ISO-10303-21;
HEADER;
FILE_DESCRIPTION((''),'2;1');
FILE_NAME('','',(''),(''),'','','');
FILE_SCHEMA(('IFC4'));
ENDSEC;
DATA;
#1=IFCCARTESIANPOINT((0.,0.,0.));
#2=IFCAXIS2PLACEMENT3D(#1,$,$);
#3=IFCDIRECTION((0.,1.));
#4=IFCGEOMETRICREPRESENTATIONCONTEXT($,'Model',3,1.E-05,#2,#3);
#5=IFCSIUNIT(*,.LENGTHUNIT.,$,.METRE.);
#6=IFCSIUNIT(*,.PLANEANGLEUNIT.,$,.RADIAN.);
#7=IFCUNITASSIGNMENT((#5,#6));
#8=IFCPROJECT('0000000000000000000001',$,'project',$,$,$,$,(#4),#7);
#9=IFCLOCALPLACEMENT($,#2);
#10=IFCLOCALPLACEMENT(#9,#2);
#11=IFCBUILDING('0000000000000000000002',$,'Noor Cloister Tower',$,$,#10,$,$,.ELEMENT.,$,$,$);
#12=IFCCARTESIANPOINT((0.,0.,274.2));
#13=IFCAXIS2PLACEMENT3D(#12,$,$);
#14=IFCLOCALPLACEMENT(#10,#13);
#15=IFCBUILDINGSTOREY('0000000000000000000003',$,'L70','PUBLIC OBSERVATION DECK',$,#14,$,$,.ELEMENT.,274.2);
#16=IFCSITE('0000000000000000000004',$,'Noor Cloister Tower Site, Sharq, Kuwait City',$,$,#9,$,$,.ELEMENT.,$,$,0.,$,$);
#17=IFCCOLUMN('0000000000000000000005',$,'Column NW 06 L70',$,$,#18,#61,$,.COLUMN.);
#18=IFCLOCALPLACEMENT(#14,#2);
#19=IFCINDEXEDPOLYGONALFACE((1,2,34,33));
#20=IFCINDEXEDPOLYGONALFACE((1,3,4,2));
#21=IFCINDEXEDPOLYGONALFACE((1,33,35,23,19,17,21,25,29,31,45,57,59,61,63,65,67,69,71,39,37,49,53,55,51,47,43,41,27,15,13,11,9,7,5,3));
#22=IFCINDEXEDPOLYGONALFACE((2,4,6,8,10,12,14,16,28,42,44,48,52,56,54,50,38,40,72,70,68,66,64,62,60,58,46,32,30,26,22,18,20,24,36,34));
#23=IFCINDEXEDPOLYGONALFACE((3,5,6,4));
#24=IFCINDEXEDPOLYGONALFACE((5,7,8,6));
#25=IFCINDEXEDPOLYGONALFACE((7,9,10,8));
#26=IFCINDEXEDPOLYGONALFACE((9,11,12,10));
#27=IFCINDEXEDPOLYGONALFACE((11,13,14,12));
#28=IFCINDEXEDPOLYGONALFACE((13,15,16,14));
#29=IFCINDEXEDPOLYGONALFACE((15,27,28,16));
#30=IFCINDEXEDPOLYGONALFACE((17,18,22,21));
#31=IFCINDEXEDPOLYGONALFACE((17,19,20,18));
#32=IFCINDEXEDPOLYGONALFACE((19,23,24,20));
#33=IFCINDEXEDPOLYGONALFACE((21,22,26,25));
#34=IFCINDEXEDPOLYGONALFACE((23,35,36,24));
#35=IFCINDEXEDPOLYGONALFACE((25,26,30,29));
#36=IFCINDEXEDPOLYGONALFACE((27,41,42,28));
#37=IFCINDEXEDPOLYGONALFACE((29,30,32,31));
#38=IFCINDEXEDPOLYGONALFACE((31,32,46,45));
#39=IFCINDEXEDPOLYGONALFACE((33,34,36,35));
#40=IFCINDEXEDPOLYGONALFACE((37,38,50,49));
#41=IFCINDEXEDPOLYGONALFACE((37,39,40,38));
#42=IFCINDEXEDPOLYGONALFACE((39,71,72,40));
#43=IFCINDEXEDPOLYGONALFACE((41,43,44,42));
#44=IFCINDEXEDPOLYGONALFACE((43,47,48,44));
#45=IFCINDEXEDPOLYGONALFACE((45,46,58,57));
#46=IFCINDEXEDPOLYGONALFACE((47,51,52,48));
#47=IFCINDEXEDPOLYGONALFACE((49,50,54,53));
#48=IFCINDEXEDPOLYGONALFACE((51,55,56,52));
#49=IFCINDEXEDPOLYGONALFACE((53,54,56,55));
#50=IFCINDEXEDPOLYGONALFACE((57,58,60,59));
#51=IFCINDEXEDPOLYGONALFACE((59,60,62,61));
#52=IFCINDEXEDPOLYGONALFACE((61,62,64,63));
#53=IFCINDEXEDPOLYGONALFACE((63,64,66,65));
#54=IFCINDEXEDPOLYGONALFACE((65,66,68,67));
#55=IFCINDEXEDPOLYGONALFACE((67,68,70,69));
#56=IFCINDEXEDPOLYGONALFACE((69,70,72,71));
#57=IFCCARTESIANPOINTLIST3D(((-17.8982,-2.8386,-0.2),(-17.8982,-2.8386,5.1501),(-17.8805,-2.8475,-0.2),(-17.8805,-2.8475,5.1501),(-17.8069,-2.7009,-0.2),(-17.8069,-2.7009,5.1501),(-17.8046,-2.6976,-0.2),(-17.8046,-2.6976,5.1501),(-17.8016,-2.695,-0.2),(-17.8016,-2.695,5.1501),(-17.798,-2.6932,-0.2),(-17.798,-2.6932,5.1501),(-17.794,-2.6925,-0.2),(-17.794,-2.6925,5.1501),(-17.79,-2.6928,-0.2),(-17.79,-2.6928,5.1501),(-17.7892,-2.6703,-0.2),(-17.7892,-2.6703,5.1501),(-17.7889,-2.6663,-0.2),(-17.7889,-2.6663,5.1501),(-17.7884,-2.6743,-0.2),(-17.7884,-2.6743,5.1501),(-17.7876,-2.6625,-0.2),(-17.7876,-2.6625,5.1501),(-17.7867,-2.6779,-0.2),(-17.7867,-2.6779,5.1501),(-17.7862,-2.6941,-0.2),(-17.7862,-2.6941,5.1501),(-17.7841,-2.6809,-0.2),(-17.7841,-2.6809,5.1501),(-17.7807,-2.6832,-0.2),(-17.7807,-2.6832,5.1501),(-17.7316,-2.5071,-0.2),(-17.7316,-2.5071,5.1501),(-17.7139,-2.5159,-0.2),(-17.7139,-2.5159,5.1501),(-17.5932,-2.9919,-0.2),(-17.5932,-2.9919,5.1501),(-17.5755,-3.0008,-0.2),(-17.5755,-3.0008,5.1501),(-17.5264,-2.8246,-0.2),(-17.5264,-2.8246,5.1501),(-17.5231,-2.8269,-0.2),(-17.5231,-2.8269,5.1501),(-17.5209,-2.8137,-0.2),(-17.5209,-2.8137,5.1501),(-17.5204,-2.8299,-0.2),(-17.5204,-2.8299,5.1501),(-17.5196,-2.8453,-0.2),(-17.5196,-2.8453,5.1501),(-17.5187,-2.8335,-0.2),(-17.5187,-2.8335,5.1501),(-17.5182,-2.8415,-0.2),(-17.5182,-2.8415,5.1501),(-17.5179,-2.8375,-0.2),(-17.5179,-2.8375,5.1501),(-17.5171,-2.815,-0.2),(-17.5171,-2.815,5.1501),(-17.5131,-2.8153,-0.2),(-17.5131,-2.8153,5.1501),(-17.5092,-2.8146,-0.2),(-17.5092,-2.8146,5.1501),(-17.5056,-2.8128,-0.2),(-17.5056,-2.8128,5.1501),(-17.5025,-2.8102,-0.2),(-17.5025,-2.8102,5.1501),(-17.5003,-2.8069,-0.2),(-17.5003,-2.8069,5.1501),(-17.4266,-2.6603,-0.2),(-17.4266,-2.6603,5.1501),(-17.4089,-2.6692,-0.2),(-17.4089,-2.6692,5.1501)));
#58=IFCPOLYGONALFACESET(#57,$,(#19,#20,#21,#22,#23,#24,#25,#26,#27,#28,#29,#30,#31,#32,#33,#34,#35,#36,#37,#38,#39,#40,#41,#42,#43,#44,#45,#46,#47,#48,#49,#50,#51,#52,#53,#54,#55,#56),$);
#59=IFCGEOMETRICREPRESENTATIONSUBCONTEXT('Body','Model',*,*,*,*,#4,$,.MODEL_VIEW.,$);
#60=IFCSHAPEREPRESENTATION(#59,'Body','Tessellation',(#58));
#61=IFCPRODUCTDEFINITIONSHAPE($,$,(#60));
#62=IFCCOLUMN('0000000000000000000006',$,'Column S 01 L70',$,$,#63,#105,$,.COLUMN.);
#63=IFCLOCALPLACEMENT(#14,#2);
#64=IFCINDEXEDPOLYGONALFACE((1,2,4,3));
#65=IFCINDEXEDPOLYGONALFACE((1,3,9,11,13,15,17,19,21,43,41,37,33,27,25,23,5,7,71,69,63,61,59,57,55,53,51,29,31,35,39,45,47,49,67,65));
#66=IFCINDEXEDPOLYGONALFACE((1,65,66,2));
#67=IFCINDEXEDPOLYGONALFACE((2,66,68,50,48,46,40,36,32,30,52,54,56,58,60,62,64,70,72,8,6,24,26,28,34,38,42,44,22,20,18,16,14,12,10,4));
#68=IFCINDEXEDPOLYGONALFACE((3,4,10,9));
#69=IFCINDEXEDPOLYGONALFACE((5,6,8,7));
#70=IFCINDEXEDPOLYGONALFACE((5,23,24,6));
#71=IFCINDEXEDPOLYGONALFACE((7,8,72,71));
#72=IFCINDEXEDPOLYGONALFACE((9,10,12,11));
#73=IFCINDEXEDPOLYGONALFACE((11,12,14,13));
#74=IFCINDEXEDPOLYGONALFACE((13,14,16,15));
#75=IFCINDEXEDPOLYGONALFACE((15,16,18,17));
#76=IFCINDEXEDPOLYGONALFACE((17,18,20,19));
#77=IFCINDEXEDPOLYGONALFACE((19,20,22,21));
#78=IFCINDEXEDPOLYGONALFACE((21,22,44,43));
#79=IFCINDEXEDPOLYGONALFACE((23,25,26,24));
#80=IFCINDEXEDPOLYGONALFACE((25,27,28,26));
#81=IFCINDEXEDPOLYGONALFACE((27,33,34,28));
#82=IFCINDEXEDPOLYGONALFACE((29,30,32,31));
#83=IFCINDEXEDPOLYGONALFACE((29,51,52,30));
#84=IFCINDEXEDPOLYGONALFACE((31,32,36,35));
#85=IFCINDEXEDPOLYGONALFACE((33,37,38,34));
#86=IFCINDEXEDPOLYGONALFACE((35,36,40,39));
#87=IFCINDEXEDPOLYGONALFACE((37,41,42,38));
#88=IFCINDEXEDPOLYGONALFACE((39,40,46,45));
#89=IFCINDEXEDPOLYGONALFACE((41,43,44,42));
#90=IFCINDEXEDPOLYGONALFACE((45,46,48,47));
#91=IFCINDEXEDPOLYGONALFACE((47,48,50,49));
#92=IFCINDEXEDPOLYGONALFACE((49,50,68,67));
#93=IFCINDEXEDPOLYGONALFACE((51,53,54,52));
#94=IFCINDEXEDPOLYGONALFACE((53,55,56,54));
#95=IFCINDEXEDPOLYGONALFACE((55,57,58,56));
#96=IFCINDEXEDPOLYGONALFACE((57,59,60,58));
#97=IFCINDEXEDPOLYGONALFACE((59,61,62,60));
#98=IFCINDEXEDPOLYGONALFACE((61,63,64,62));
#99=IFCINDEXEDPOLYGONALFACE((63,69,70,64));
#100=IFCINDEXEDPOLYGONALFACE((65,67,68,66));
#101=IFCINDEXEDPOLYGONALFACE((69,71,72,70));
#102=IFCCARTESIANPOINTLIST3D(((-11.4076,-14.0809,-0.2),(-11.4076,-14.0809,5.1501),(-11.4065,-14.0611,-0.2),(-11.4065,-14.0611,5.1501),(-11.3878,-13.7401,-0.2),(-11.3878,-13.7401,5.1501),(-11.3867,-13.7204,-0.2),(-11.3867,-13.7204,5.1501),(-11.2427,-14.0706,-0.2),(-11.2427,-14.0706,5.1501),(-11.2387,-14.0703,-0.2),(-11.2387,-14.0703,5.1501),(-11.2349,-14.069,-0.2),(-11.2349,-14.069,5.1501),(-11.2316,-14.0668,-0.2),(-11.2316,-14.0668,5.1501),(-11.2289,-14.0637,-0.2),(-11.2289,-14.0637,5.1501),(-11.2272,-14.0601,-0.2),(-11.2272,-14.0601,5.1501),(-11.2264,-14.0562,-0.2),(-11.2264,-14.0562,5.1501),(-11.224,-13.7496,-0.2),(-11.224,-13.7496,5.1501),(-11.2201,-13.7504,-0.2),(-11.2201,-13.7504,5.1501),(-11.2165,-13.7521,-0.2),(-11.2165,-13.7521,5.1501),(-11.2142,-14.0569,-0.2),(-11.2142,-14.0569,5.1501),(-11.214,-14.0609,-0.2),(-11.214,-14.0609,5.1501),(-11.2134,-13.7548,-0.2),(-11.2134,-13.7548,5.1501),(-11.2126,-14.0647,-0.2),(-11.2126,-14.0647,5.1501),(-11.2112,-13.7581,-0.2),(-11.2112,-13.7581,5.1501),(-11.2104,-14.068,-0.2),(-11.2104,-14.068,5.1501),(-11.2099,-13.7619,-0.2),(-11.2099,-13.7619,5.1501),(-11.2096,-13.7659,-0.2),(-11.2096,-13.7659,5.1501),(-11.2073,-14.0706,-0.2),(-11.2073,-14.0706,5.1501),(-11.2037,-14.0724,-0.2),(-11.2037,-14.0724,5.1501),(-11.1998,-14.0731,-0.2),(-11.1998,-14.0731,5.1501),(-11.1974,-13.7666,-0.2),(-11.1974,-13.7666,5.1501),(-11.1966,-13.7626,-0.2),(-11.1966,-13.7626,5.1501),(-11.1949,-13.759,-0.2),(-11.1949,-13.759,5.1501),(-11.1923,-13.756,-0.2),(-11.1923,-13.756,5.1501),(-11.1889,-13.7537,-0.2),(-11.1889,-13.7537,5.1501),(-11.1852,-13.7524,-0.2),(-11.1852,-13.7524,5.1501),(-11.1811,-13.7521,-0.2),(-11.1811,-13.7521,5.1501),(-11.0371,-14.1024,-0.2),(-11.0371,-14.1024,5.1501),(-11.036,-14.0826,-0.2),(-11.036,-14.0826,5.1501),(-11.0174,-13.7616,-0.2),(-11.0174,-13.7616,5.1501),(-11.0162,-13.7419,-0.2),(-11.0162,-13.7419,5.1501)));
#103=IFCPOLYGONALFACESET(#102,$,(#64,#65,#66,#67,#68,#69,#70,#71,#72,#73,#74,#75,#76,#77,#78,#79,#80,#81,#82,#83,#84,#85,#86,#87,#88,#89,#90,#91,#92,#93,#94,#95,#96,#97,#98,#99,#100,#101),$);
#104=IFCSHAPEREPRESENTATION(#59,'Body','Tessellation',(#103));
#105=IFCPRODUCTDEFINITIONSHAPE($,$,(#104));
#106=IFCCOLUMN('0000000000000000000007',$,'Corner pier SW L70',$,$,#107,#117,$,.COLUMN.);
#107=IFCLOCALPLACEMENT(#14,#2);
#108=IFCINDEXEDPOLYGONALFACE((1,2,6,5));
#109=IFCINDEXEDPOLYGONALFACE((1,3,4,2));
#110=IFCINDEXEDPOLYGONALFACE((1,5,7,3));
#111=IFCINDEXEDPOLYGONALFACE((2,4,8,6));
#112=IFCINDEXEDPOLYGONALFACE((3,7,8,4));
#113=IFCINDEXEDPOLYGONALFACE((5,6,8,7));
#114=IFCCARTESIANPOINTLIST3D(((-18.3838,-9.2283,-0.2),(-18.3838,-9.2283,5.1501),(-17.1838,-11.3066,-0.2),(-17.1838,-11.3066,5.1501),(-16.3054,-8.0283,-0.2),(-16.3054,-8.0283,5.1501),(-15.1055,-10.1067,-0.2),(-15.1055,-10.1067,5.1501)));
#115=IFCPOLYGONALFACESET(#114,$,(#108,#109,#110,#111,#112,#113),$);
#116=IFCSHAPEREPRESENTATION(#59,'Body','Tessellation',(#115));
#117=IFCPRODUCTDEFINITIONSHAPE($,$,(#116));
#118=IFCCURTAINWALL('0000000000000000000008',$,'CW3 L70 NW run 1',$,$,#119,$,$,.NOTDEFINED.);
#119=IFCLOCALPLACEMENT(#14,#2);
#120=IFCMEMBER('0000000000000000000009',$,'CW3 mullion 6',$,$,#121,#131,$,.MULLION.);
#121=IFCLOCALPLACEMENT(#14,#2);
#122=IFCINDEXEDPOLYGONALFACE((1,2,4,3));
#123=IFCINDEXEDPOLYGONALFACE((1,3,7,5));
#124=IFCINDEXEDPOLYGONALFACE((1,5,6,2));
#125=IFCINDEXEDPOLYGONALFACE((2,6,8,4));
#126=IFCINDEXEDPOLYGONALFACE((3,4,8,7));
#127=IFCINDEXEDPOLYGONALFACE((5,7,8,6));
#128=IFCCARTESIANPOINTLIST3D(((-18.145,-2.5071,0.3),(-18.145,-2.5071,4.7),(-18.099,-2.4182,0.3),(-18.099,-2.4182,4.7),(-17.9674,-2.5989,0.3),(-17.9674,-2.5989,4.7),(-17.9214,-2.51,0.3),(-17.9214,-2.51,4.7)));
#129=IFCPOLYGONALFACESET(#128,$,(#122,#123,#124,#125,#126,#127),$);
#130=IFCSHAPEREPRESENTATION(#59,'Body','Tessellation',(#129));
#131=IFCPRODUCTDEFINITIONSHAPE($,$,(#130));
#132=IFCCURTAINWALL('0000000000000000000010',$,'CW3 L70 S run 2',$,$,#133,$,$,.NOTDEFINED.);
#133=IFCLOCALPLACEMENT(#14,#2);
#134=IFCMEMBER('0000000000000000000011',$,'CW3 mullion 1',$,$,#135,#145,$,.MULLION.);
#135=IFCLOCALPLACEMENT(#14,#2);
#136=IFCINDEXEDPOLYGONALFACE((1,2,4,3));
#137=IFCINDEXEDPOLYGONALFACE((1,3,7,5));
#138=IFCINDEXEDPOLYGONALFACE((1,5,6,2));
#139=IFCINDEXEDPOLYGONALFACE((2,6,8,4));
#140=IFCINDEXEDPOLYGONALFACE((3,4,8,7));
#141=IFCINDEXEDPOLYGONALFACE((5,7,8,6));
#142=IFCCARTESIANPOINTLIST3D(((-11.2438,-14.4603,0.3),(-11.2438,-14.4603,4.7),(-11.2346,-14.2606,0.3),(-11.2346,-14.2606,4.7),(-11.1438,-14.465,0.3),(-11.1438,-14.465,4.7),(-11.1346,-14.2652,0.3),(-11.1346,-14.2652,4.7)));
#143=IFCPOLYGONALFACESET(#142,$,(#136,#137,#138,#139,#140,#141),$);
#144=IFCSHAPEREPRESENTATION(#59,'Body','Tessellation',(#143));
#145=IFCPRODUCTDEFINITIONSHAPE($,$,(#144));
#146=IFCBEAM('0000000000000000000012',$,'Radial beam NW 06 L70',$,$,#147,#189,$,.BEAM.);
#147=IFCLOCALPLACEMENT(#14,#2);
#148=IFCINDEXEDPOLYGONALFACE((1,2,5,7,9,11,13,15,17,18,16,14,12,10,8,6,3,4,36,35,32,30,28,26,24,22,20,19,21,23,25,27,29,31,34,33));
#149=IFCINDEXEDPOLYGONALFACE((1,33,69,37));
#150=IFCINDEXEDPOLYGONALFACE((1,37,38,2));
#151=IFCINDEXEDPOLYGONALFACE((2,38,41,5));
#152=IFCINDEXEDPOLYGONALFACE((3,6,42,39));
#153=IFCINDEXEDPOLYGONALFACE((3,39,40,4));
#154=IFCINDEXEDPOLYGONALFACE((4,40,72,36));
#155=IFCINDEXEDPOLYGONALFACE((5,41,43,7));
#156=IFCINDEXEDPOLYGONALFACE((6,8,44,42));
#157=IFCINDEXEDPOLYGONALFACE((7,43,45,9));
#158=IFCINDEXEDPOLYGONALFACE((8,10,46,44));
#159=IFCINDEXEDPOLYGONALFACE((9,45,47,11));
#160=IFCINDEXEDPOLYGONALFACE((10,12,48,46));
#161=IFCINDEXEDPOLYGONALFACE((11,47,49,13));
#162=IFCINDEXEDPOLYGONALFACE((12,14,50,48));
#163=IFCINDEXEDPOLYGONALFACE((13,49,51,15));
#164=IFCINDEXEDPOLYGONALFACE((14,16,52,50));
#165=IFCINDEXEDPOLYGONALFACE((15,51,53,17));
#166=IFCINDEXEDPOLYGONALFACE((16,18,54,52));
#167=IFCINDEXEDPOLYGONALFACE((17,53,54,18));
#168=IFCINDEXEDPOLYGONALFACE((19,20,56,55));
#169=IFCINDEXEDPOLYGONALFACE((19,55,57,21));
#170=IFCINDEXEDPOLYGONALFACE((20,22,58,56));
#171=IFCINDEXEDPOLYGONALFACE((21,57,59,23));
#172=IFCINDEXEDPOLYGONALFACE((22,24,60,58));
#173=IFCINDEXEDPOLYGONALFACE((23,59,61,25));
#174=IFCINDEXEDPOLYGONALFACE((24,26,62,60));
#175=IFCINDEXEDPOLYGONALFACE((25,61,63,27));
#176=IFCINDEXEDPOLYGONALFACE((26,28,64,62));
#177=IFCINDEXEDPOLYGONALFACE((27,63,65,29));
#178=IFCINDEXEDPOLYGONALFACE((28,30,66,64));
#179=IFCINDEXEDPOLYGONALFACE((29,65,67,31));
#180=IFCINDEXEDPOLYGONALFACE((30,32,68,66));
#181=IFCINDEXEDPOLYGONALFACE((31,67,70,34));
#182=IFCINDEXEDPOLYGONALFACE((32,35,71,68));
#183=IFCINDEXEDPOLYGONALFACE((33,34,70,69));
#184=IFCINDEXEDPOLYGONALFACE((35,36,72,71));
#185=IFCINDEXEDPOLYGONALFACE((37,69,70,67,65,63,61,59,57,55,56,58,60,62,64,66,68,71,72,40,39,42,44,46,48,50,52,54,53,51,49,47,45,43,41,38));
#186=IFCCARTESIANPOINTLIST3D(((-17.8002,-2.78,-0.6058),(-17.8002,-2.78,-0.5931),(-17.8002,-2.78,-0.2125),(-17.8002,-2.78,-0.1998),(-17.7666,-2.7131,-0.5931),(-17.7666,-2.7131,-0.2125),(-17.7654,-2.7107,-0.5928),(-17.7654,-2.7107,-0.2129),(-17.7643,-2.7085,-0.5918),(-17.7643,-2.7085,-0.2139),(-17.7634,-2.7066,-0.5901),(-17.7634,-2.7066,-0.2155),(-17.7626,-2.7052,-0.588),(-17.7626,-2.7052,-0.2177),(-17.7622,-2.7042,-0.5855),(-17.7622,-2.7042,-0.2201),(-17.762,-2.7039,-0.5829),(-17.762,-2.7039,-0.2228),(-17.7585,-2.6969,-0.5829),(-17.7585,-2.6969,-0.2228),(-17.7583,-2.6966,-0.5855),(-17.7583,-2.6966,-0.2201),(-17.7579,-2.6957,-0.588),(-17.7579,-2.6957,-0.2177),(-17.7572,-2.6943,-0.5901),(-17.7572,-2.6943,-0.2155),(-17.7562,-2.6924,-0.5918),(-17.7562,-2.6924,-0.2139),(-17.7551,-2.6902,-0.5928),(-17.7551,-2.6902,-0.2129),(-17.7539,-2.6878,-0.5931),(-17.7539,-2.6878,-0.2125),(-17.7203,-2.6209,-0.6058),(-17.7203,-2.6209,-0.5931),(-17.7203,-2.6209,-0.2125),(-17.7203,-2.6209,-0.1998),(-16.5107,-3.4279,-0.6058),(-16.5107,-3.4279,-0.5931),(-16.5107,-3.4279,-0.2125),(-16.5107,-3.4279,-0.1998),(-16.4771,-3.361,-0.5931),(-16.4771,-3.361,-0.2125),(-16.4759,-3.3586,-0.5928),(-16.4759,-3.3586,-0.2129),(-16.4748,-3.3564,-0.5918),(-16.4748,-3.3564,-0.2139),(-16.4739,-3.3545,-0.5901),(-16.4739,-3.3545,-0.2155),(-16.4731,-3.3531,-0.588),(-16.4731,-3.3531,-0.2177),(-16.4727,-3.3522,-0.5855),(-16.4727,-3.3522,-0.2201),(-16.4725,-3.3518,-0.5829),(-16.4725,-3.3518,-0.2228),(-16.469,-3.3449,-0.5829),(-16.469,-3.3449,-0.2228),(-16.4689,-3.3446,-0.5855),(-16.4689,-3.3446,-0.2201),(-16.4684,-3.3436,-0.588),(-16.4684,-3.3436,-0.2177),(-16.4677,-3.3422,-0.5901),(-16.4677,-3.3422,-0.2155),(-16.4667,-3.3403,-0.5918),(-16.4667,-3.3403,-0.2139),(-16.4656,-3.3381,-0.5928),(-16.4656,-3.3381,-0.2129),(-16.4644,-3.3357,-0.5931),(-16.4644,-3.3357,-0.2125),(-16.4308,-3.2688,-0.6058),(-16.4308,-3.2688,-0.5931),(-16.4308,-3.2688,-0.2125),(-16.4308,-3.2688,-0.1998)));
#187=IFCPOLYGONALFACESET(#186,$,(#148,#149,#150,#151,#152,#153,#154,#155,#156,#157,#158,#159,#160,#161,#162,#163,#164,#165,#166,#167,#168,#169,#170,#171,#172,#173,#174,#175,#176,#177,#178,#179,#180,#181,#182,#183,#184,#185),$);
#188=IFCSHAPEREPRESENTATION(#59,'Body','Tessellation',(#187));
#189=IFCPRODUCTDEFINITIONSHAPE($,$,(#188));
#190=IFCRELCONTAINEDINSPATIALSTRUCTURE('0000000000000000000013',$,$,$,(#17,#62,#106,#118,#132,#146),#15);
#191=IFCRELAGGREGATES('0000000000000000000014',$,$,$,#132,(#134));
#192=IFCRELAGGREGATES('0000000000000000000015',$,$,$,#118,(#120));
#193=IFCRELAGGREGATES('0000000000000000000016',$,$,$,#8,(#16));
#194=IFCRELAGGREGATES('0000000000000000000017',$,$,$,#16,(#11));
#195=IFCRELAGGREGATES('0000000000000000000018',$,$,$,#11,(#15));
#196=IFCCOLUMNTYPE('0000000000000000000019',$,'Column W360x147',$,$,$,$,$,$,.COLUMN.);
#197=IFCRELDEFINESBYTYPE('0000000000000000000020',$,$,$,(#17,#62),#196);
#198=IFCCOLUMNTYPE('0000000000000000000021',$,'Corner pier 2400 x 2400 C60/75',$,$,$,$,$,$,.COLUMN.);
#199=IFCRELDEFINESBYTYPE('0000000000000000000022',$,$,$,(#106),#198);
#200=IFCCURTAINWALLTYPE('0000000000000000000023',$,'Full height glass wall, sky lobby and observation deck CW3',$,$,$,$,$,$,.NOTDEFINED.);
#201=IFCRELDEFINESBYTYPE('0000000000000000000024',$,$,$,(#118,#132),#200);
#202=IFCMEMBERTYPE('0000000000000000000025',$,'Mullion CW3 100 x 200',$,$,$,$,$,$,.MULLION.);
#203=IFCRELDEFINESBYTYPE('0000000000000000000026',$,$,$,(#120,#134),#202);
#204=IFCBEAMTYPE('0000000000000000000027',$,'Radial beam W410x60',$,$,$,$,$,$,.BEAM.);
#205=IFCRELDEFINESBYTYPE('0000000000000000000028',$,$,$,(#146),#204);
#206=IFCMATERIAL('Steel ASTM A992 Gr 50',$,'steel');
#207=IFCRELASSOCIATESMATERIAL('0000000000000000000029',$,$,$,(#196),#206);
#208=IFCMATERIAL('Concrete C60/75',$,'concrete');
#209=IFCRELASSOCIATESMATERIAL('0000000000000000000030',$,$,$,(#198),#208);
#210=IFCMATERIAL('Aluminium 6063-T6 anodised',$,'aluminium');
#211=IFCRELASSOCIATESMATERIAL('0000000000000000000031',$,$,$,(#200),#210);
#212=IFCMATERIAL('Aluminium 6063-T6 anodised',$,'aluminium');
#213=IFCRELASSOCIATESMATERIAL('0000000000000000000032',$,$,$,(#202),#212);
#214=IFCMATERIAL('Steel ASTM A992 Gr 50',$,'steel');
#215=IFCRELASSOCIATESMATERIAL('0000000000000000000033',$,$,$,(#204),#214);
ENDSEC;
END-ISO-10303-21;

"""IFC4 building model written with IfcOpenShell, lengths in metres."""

from ifc_helpers import new_model, si_unit, direction, frame, origin, origin_2d, place, context, subcontext, project, spatial, rectangle, i_section, extrude, material, material_profile, profile_set, type_object, element, aggregate, save


model = new_model("IFC4")

# Units and contexts
model_context = context("Model", 3, precision=1e-05, world=origin(), true_north=direction((0.0, 1.0)))
body_context = subcontext(model_context, "Body", "Model", "MODEL_VIEW")
ifc_project = project(units=[si_unit("LENGTHUNIT", "METRE"), si_unit("PLANEANGLEUNIT", "RADIAN")], contexts=[model_context])

# Site, building, storey
site_placement = place(None, origin())
site = spatial("IfcSite", under=ifc_project, at=site_placement, Name="Noor Cloister Tower Site, Sharq, Kuwait City", CompositionType="ELEMENT", RefElevation=0.0)
building_placement = place(site_placement, origin())
building = spatial("IfcBuilding", under=site, at=building_placement, Name="Noor Cloister Tower", CompositionType="ELEMENT")
storey_placement = place(building_placement, frame((0.0, 0.0, 274.2)))
storey = spatial("IfcBuildingStorey", under=building, at=storey_placement, Name="L70", Description="PUBLIC OBSERVATION DECK", CompositionType="ELEMENT", Elevation=274.2)

# Columns
ifc_material_1 = material(Name="Steel ASTM A992 Gr 50", Category="steel")
ifc_material_profile_1 = material_profile(ifc_material_1, i_section(OverallWidth=0.3711, OverallDepth=0.3611, WebThickness=0.0122, FlangeThickness=0.0198, FilletRadius=0.0154, at=origin_2d()), Name="W360x147")
ifc_profile_set_1 = profile_set([ifc_material_profile_1], Name="Steel ASTM A992 Gr 50")
column_type_1 = type_object("IfcColumnType", Name="Column W360x147", PredefinedType="COLUMN", material=ifc_profile_set_1)
for number, where, z_axis, x_axis, name in (
    (1, (-17.6536, -2.7539, -0.2), (0.0, 0.0, 1.0), (-0.448975, -0.893544, 0.0), "Column NW 06 L70"),
    (2, (-11.2119, -13.9114, -0.2), (0.0, 0.0, 1.0), (0.99832, -0.057948, 0.0), "Column S 01 L70"),
):
    element("IfcColumn", number, at=place(storey_placement, frame(where, z_axis=z_axis, x_axis=x_axis)), inside=storey, type_object=column_type_1, Name=name, PredefinedType="COLUMN", context=body_context, shape_type="SweptSolid", body=[
        extrude(i_section(OverallWidth=0.3711, OverallDepth=0.3611, WebThickness=0.0122, FlangeThickness=0.0198, FilletRadius=0.0154, at=origin_2d()), origin(), (0.0, 0.0, 1.0), 5.3501),
    ])
ifc_material_2 = material(Name="Concrete C60/75", Category="concrete")
ifc_material_profile_2 = material_profile(ifc_material_2, rectangle(XDim=2.3999, YDim=2.3999, at=origin_2d()), Name="RC 2400x2400")
ifc_profile_set_2 = profile_set([ifc_material_profile_2], Name="Concrete C60/75")
column_type_2 = type_object("IfcColumnType", Name="Corner pier 2400 x 2400 C60/75", PredefinedType="COLUMN", material=ifc_profile_set_2)
column_placement = place(storey_placement, frame((-16.7446, -9.6675, -0.2), z_axis=(0.0, 0.0, 1.0), x_axis=(-0.866025, -0.5, 0.0)))
element("IfcColumn", 3, at=column_placement, inside=storey, type_object=column_type_2, Name="Corner pier SW L70", PredefinedType="COLUMN", context=body_context, shape_type="SweptSolid", body=[
    extrude(rectangle(XDim=2.3999, YDim=2.3999, at=origin_2d()), origin(), (0.0, 0.0, 1.0), 5.3501),
])

# Curtain walls, members
ifc_material_3 = material(Name="Aluminium 6063-T6 anodised", Category="aluminium")
curtain_wall_type = type_object("IfcCurtainWallType", Name="Full height glass wall, sky lobby and observation deck CW3", PredefinedType="NOTDEFINED", material=ifc_material_3)
curtain_wall_1_placement = place(storey_placement, origin())
curtain_wall_1 = element("IfcCurtainWall", 4, at=curtain_wall_1_placement, inside=storey, type_object=curtain_wall_type, Name="CW3 L70 NW run 1", PredefinedType="NOTDEFINED")
ifc_material_4 = material(Name="Aluminium 6063-T6 anodised", Category="aluminium")
ifc_material_profile_3 = material_profile(ifc_material_4, rectangle(XDim=0.2, YDim=0.1001, at=origin_2d()), Name="200 x 100 mullion")
ifc_profile_set_3 = profile_set([ifc_material_profile_3], Name="Aluminium 6063-T6 anodised")
member_type = type_object("IfcMemberType", Name="Mullion CW3 100 x 200", PredefinedType="MULLION", material=ifc_profile_set_3)
member_1_placement = place(storey_placement, frame((-18.0332, -2.5085, 0.3), z_axis=(0.0, 0.0, 1.0), x_axis=(0.888278, -0.459306, 0.0)))
member_1 = element("IfcMember", 5, at=member_1_placement, type_object=member_type, Name="CW3 mullion 6", PredefinedType="MULLION", context=body_context, shape_type="SweptSolid", body=[
    extrude(rectangle(XDim=0.2, YDim=0.1001, at=origin_2d()), origin(), (0.0, 0.0, 1.0), 4.3999),
])
curtain_wall_2_placement = place(storey_placement, origin())
curtain_wall_2 = element("IfcCurtainWall", 6, at=curtain_wall_2_placement, inside=storey, type_object=curtain_wall_type, Name="CW3 L70 S run 2", PredefinedType="NOTDEFINED")
member_2_placement = place(storey_placement, frame((-11.1892, -14.3628, 0.3), z_axis=(0.0, 0.0, 1.0), x_axis=(0.046368, 0.998924, 0.0)))
member_2 = element("IfcMember", 7, at=member_2_placement, type_object=member_type, Name="CW3 mullion 1", PredefinedType="MULLION", context=body_context, shape_type="SweptSolid", body=[
    extrude(rectangle(XDim=0.2, YDim=0.1001, at=origin_2d()), origin(), (0.0, 0.0, 1.0), 4.3999),
])
aggregate(curtain_wall_2, [member_2])

# Beam
ifc_material_5 = material(Name="Steel ASTM A992 Gr 50", Category="steel")
ifc_material_profile_4 = material_profile(ifc_material_5, i_section(OverallWidth=0.178, OverallDepth=0.406, WebThickness=0.0078, FlangeThickness=0.0127, FilletRadius=0.0103, at=origin_2d()), Name="W410x60")
ifc_profile_set_4 = profile_set([ifc_material_profile_4], Name="Steel ASTM A992 Gr 50")
beam_type_1 = type_object("IfcBeamType", Name="Radial beam W410x60", PredefinedType="BEAM", material=ifc_profile_set_4)
beam_1_placement = place(storey_placement, frame((-17.7603, -2.7004, -0.4028), z_axis=(0.893546, -0.448972, 0.0), x_axis=(0.448972, 0.893546, 0.0)))
element("IfcBeam", 8, at=beam_1_placement, inside=storey, type_object=beam_type_1, Name="Radial beam NW 06 L70", PredefinedType="BEAM", context=body_context, shape_type="SweptSolid", body=[
    extrude(i_section(OverallWidth=0.178, OverallDepth=0.406, WebThickness=0.0078, FlangeThickness=0.0127, FilletRadius=0.0103, at=origin_2d()), origin(), (0.0, 0.0, 1.0), 1.4431),
])

aggregate(curtain_wall_1, [member_1])

save(model, "model.ifc")
